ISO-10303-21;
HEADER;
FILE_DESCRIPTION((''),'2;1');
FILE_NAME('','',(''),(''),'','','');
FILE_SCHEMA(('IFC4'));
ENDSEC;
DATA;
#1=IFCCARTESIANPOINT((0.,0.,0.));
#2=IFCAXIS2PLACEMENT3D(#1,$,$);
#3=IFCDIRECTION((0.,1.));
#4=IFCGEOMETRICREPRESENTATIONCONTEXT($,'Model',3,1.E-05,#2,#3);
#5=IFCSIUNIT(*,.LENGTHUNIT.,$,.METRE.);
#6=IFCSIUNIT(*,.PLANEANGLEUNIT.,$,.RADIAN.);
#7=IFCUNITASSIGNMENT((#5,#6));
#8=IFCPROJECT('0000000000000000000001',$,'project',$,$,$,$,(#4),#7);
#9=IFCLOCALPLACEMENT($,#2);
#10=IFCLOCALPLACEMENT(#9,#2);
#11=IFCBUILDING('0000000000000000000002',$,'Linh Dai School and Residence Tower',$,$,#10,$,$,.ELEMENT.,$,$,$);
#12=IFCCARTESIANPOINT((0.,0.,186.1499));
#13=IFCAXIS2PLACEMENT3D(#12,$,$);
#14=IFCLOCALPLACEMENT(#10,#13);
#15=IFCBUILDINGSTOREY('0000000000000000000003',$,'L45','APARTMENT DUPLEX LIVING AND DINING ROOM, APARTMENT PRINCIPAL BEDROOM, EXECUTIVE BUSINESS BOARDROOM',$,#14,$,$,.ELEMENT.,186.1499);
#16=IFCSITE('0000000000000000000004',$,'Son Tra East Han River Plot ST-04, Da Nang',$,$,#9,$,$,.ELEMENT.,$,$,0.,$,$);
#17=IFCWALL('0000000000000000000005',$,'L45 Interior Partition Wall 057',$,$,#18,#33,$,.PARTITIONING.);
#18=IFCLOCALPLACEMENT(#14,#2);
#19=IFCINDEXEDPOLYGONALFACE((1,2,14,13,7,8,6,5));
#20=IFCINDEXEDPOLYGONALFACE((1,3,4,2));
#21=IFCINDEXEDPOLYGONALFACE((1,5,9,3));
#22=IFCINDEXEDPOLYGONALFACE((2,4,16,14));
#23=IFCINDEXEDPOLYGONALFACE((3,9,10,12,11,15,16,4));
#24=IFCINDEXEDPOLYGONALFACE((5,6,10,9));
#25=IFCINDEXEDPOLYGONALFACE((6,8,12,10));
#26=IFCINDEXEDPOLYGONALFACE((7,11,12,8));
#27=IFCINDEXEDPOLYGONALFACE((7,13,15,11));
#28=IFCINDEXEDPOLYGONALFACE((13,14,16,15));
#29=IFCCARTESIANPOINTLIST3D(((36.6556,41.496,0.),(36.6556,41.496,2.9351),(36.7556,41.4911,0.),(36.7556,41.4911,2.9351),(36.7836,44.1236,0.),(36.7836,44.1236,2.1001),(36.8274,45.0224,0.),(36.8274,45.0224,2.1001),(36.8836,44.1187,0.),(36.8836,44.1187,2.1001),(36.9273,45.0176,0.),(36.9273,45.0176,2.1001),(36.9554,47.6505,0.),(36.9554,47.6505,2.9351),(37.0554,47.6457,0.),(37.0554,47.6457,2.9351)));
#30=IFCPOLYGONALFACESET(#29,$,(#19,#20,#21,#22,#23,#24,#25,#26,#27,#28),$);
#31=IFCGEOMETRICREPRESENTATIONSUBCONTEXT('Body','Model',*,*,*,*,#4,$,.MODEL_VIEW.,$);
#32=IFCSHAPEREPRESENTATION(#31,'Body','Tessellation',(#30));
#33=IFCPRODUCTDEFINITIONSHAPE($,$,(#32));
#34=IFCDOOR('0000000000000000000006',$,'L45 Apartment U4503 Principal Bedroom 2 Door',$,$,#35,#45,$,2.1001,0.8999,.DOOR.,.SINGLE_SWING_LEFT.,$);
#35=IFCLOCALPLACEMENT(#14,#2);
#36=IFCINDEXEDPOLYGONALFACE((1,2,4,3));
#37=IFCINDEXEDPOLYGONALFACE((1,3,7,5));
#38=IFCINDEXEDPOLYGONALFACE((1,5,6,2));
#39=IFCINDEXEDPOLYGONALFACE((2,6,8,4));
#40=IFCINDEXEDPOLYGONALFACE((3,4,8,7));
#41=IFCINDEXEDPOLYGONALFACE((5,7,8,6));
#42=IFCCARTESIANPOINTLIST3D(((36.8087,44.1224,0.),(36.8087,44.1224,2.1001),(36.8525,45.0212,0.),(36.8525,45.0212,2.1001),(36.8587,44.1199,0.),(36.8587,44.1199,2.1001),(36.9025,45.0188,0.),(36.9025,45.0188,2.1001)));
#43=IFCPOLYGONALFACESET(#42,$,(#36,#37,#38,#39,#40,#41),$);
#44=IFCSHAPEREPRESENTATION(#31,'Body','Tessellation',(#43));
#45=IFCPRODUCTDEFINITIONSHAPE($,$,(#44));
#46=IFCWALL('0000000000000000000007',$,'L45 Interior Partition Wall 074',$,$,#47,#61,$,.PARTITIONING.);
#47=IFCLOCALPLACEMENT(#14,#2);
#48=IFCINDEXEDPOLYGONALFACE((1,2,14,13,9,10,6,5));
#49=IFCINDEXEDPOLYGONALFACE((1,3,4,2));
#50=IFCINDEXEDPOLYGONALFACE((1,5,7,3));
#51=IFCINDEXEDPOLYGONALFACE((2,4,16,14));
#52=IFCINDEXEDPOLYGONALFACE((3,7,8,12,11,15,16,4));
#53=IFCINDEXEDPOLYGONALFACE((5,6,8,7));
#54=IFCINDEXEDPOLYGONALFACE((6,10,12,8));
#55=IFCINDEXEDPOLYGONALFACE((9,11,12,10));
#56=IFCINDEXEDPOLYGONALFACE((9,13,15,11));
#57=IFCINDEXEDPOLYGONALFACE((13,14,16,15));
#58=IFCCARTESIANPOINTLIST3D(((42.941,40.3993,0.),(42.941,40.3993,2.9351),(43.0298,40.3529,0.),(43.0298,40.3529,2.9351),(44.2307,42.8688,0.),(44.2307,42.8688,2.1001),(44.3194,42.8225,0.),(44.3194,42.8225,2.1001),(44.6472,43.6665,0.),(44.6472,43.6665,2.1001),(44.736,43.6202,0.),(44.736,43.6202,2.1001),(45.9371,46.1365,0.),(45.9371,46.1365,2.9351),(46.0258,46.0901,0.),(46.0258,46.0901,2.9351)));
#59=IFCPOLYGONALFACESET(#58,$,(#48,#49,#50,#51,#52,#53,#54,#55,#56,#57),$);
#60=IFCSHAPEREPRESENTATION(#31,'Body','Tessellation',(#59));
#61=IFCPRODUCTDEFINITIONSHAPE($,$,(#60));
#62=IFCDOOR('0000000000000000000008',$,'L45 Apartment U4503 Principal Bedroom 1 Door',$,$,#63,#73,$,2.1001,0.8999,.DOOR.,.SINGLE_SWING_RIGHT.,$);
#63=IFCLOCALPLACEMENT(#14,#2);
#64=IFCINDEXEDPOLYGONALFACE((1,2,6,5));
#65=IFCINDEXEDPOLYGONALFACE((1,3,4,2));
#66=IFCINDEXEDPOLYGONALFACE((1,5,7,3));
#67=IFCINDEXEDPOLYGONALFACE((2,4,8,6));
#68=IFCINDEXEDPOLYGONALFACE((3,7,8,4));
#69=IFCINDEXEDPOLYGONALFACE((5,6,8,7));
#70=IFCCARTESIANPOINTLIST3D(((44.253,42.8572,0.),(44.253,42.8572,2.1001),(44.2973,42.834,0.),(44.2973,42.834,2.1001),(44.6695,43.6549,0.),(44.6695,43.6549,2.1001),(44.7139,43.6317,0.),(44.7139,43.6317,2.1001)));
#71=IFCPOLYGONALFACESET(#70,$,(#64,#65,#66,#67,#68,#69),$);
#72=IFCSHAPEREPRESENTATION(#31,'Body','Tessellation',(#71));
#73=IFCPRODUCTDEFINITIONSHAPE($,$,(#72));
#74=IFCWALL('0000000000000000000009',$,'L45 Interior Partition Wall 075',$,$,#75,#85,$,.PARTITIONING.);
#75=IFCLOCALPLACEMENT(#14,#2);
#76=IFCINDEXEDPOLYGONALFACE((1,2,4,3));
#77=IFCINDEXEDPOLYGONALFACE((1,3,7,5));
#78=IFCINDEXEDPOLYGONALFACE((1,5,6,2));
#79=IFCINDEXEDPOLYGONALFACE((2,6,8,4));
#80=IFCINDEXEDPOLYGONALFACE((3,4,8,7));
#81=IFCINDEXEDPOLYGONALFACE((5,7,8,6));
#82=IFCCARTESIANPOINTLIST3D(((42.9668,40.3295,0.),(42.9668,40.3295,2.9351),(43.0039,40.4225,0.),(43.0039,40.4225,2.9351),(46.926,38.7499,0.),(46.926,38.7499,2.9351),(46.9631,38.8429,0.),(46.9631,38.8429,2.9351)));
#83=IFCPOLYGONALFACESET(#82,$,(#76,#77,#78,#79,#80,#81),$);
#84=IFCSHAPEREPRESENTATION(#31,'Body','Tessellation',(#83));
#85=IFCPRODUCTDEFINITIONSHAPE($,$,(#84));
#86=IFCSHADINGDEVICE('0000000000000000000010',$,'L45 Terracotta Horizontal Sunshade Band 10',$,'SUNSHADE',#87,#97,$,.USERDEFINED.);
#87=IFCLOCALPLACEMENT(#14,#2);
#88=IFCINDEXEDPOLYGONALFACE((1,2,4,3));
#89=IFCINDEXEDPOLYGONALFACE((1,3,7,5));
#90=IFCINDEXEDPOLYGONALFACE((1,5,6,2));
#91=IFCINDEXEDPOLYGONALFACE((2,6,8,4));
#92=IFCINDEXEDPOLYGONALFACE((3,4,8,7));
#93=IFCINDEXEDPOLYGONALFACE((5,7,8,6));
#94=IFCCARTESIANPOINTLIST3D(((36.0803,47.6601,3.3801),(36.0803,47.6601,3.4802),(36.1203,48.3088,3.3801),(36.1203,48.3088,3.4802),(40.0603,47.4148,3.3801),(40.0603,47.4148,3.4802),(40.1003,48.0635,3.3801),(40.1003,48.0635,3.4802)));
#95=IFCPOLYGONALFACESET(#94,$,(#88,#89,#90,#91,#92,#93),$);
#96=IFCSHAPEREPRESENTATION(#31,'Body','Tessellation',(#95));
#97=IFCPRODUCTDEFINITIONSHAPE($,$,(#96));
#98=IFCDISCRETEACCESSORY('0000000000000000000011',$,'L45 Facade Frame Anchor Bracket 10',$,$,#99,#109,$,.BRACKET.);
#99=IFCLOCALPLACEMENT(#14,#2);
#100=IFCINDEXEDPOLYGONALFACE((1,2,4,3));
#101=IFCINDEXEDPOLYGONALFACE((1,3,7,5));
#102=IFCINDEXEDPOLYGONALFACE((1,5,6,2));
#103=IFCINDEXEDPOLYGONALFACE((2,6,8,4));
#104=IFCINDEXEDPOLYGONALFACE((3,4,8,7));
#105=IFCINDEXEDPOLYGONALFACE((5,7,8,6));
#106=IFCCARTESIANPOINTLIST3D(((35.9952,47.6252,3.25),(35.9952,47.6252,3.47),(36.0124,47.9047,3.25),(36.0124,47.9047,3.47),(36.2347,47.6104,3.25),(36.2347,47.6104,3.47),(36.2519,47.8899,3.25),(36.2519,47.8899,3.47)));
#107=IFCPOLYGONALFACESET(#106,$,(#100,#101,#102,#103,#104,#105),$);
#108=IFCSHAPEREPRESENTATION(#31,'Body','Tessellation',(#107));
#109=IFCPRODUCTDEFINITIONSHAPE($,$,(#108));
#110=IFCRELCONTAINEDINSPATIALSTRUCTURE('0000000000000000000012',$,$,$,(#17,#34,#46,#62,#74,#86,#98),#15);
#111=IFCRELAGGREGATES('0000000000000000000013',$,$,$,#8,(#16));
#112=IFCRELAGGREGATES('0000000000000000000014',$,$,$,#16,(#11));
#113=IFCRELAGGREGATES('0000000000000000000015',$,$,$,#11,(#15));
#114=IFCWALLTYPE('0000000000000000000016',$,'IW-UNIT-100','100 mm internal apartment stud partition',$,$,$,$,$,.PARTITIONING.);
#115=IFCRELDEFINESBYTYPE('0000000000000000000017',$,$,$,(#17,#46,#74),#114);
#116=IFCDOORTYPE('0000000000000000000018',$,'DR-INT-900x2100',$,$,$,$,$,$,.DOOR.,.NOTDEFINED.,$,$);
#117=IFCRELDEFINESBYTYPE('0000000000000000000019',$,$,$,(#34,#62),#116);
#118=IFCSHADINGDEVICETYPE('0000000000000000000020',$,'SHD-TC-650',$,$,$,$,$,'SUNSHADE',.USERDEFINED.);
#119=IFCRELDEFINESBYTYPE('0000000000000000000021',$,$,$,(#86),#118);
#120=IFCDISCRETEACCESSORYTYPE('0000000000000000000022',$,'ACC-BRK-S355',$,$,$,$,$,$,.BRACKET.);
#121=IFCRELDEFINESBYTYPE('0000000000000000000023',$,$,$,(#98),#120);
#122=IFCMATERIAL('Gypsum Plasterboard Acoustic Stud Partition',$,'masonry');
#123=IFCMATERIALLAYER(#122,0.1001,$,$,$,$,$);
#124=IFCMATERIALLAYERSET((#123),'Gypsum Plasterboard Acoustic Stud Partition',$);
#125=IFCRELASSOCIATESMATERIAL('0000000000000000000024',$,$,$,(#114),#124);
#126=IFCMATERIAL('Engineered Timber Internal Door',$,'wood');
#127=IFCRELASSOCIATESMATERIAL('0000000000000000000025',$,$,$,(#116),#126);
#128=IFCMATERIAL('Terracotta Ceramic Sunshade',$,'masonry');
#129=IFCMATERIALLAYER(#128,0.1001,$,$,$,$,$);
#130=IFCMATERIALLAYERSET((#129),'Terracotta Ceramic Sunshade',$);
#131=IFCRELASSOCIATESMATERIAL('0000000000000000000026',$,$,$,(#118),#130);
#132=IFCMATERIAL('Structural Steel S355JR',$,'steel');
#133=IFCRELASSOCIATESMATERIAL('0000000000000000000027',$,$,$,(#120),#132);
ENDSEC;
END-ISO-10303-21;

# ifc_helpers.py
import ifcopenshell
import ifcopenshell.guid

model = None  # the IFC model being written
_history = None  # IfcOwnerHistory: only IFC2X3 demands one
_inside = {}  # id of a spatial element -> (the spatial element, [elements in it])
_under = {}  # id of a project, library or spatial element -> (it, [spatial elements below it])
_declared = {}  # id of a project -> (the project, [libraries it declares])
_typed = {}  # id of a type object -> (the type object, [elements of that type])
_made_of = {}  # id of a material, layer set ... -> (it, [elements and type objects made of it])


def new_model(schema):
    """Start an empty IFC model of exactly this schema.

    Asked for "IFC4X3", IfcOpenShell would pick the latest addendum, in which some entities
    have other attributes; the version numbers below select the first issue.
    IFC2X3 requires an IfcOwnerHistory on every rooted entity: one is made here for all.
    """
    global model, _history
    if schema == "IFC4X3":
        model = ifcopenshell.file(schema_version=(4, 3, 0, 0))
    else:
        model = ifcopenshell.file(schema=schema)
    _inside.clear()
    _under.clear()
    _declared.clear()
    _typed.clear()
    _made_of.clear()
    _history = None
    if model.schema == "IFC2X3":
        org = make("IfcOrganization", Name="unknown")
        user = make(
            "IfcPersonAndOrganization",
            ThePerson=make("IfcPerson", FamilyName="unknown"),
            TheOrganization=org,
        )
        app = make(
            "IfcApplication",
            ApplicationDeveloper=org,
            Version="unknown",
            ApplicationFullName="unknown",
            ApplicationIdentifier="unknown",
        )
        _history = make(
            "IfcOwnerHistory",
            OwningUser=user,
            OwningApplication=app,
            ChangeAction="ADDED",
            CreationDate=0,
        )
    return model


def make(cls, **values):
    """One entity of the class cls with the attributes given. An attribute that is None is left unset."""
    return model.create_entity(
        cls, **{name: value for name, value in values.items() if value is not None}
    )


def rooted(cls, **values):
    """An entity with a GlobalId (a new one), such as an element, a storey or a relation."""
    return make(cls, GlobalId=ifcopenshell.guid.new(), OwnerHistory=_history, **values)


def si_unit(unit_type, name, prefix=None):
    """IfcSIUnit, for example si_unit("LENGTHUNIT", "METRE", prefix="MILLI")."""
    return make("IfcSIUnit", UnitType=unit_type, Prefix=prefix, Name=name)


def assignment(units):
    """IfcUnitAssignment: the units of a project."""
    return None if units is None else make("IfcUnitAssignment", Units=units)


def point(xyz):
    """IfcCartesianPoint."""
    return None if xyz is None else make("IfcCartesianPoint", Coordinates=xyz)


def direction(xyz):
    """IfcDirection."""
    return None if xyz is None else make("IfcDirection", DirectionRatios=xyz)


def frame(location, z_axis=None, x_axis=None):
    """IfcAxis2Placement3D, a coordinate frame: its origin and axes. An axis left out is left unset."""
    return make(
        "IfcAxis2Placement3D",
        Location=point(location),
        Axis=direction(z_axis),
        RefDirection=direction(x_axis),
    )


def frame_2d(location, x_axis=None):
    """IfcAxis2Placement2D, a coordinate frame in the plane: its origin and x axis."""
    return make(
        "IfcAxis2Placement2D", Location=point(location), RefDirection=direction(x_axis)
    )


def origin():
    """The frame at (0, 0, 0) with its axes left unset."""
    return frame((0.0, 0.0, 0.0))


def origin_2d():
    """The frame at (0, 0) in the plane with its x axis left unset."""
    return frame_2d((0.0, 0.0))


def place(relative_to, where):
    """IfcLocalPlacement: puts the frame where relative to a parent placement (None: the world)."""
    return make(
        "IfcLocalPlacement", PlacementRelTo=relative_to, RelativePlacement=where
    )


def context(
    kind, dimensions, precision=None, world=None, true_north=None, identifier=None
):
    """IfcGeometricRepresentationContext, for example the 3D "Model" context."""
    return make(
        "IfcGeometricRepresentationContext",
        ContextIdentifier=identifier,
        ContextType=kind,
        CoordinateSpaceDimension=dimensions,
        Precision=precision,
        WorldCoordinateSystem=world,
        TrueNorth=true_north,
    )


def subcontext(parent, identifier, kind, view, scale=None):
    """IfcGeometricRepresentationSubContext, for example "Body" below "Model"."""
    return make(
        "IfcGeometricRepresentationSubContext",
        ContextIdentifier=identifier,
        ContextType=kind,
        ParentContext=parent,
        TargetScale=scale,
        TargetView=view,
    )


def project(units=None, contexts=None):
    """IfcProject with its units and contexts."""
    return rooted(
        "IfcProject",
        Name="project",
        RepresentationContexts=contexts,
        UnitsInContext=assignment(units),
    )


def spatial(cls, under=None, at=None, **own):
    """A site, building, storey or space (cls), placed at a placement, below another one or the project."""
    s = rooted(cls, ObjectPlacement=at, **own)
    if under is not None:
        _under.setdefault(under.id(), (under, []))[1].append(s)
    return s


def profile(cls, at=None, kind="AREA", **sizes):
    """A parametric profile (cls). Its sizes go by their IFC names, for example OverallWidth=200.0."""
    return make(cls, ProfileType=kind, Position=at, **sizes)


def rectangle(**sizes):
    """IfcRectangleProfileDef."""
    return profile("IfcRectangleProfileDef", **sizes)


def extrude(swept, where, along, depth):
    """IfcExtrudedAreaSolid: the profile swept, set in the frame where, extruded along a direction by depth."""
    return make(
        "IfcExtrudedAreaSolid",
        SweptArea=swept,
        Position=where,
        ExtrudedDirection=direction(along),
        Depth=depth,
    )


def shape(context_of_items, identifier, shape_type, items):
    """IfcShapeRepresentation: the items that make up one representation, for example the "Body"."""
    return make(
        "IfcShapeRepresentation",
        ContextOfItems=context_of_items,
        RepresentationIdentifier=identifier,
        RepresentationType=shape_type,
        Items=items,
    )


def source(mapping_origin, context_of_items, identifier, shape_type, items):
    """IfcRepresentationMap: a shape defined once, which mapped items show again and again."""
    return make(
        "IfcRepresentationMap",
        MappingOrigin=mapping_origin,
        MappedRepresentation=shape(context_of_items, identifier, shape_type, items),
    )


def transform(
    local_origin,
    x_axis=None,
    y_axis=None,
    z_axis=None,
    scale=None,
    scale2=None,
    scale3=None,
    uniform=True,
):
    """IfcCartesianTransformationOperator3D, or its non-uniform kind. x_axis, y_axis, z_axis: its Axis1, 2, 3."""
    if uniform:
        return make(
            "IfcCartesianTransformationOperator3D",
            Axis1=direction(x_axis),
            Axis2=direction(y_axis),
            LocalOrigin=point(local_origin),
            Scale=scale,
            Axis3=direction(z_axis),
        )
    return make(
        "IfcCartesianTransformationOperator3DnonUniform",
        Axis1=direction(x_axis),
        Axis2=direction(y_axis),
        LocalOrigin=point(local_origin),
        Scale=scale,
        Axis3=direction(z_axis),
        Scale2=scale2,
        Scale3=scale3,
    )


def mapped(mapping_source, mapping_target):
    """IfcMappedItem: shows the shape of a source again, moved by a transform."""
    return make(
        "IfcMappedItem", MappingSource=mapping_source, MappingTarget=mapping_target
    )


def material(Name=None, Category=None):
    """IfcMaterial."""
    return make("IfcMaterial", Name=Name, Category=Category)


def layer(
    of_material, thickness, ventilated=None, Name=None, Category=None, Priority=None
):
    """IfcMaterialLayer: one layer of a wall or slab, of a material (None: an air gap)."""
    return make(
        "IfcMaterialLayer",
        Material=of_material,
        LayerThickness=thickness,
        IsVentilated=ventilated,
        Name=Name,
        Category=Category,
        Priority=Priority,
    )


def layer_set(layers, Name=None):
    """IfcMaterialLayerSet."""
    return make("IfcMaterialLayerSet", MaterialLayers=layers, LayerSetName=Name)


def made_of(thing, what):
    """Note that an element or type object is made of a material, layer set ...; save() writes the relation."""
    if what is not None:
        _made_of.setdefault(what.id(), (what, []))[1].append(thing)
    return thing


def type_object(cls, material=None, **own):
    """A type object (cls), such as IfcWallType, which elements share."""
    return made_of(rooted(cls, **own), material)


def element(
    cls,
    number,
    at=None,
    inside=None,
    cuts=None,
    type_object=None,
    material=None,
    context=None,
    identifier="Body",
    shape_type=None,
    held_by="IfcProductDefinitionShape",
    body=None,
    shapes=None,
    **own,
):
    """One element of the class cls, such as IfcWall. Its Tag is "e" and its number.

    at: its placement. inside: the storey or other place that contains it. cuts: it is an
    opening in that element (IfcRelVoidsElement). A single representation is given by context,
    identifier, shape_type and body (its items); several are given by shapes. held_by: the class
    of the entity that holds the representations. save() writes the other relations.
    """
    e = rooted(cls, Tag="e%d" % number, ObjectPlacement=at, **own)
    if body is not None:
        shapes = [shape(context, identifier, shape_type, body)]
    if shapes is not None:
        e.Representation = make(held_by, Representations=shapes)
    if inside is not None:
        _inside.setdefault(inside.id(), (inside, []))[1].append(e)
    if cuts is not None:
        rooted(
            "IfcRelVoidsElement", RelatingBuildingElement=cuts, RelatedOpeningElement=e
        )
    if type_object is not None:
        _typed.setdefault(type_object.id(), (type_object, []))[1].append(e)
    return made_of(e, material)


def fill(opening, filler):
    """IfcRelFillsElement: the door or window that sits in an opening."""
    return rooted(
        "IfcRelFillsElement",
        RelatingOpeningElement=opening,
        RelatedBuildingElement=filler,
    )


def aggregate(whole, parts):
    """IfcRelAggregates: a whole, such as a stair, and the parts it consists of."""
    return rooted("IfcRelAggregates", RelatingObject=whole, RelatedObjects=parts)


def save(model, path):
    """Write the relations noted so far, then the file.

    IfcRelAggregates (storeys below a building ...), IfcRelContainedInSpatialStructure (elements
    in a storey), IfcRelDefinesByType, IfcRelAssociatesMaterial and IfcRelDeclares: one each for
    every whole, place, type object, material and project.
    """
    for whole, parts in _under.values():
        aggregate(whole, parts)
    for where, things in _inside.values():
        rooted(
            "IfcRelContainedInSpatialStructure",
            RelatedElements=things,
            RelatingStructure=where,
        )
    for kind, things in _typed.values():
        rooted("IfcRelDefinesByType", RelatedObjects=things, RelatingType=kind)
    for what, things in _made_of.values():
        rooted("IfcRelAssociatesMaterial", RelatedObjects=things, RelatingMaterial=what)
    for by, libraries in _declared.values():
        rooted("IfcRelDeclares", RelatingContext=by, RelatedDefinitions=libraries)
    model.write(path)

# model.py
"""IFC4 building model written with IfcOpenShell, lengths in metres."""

from ifc_helpers import new_model, si_unit, direction, frame, frame_2d, origin, origin_2d, place, context, subcontext, project, spatial, rectangle, extrude, source, transform, mapped, material, layer, layer_set, type_object, element, fill, save


model = new_model("IFC4")

# Units and contexts
model_context = context("Model", 3, precision=1e-05, world=origin(), true_north=direction((0.0, 1.0)))
body_context = subcontext(model_context, "Body", "Model", "MODEL_VIEW")
ifc_project = project(units=[si_unit("LENGTHUNIT", "METRE"), si_unit("PLANEANGLEUNIT", "RADIAN")], contexts=[model_context])

# Site, building, storey
site_placement = place(None, origin())
site = spatial("IfcSite", under=ifc_project, at=site_placement, Name="Son Tra East Han River Plot ST-04, Da Nang", CompositionType="ELEMENT", RefElevation=0.0)
building_placement = place(site_placement, origin())
building = spatial("IfcBuilding", under=site, at=building_placement, Name="Linh Dai School and Residence Tower", CompositionType="ELEMENT")
storey_placement = place(building_placement, frame((0.0, 0.0, 186.1499)))
storey = spatial("IfcBuildingStorey", under=building, at=storey_placement, Name="L45", Description="APARTMENT DUPLEX LIVING AND DINING ROOM, APARTMENT PRINCIPAL BEDROOM, EXECUTIVE BUSINESS BOARDROOM", CompositionType="ELEMENT", Elevation=186.1499)

# Shared definitions
ifc_material_1 = material(Name="Structural Steel S355JR", Category="steel")

# Shared definitions
ifc_material_2 = material(Name="Gypsum Plasterboard Acoustic Stud Partition", Category="masonry")
ifc_layer_1 = layer(ifc_material_2, 0.1001)
ifc_layer_set_1 = layer_set([ifc_layer_1], Name="Gypsum Plasterboard Acoustic Stud Partition")
wall_type_1 = type_object("IfcWallType", Name="IW-UNIT-100", Description="100 mm internal apartment stud partition", PredefinedType="PARTITIONING", material=ifc_layer_set_1)

# Walls, openings, doors
wall_1_placement = place(storey_placement, frame((36.7056, 41.4934, 0.0), z_axis=(0.0, 0.0, 1.0), x_axis=(0.048655, 0.998816, 0.0)))
wall_1 = element("IfcWall", 1, at=wall_1_placement, inside=storey, type_object=wall_type_1, Name="L45 Interior Partition Wall 057", PredefinedType="PARTITIONING", context=body_context, shape_type="SweptSolid", body=[
    extrude(rectangle(XDim=6.1619, YDim=0.1001, at=frame_2d((3.0811, 0.0))), origin(), (0.0, 0.0, 1.0), 2.9351),
])
opening_1_placement = place(wall_1_placement, frame((2.6309, 0.0, 0.0)))
opening_1 = element("IfcOpeningElement", 2, at=opening_1_placement, cuts=wall_1, PredefinedType="OPENING", context=body_context, shape_type="SweptSolid", body=[
    extrude(rectangle(XDim=0.8999, YDim=2.1001, at=origin_2d()), frame((0.45, 0.0601, 1.05), z_axis=(0.0, -1.0, 0.0), x_axis=(1.0, 0.0, 0.0)), (0.0, 0.0, 1.0), 0.1201),
])
ifc_material_3 = material(Name="Engineered Timber Internal Door", Category="wood")
door_type_1 = type_object("IfcDoorType", Name="DR-INT-900x2100", OperationType="NOTDEFINED", PredefinedType="DOOR", material=ifc_material_3)
shared_shape_1 = source(origin(), body_context, "Body", "SweptSolid", [
    extrude(rectangle(XDim=0.8999, YDim=2.1001, at=origin_2d()), frame((0.45, 0.0249, 1.05), z_axis=(0.0, -1.0, 0.0), x_axis=(1.0, 0.0, 0.0)), (0.0, 0.0, 1.0), 0.05),
])
door_1_placement = place(opening_1_placement, origin())
door_1 = element("IfcDoor", 3, at=door_1_placement, inside=storey, type_object=door_type_1, Name="L45 Apartment U4503 Principal Bedroom 2 Door", OperationType="SINGLE_SWING_LEFT", OverallHeight=2.1001, OverallWidth=0.8999, PredefinedType="DOOR", context=body_context, shape_type="MappedRepresentation", body=[
    mapped(shared_shape_1, transform((0.0, 0.0, 0.0), x_axis=(1.0, 0.0, 0.0), y_axis=(0.0, 1.0, 0.0), z_axis=(0.0, 0.0, 1.0), scale=1.0)),
])
fill(opening_1, door_1)
wall_2_placement = place(storey_placement, frame((42.9854, 40.376, 0.0), z_axis=(0.0, 0.0, 1.0), x_axis=(0.462896, 0.886413, 0.0)))
wall_2 = element("IfcWall", 4, at=wall_2_placement, inside=storey, type_object=wall_type_1, Name="L45 Interior Partition Wall 074", PredefinedType="PARTITIONING", context=body_context, shape_type="SweptSolid", body=[
    extrude(rectangle(XDim=6.4724, YDim=0.1001, at=frame_2d((3.2363, 0.0))), origin(), (0.0, 0.0, 1.0), 2.9351),
])
opening_2_placement = place(wall_2_placement, frame((2.7861, 0.0, 0.0)))
opening_2 = element("IfcOpeningElement", 5, at=opening_2_placement, cuts=wall_2, PredefinedType="OPENING", context=body_context, shape_type="SweptSolid", body=[
    extrude(rectangle(XDim=0.8999, YDim=2.1001, at=origin_2d()), frame((0.45, 0.0601, 1.05), z_axis=(0.0, -1.0, 0.0), x_axis=(1.0, 0.0, 0.0)), (0.0, 0.0, 1.0), 0.1201),
])
door_2_placement = place(opening_2_placement, origin())
door_2 = element("IfcDoor", 6, at=door_2_placement, inside=storey, type_object=door_type_1, Name="L45 Apartment U4503 Principal Bedroom 1 Door", OperationType="SINGLE_SWING_RIGHT", OverallHeight=2.1001, OverallWidth=0.8999, PredefinedType="DOOR", context=body_context, shape_type="MappedRepresentation", body=[
    mapped(shared_shape_1, transform((0.0, 0.0, 0.0), x_axis=(1.0, 0.0, 0.0), y_axis=(0.0, 1.0, 0.0), z_axis=(0.0, 0.0, 1.0), scale=1.0)),
])
fill(opening_2, door_2)

# Wall
wall_3_placement = place(storey_placement, frame((42.9854, 40.376, 0.0), z_axis=(0.0, 0.0, 1.0), x_axis=(0.928808, -0.370561, 0.0)))
element("IfcWall", 7, at=wall_3_placement, inside=storey, type_object=wall_type_1, Name="L45 Interior Partition Wall 075", PredefinedType="PARTITIONING", context=body_context, shape_type="SweptSolid", body=[
    extrude(rectangle(XDim=4.2627, YDim=0.1001, at=frame_2d((2.1313, 0.0))), origin(), (0.0, 0.0, 1.0), 2.9351),
])

# Shading device
ifc_material_4 = material(Name="Terracotta Ceramic Sunshade", Category="masonry")
ifc_layer_2 = layer(ifc_material_4, 0.1001)
ifc_layer_set_2 = layer_set([ifc_layer_2], Name="Terracotta Ceramic Sunshade")
shading_device_type = type_object("IfcShadingDeviceType", Name="SHD-TC-650", ElementType="SUNSHADE", PredefinedType="USERDEFINED", material=ifc_layer_set_2)
shared_shape_2 = source(origin(), body_context, "Body", "SweptSolid", [
    extrude(rectangle(XDim=3.9875, YDim=0.6499, at=origin_2d()), origin(), (0.0, 0.0, 1.0), 0.1001),
])
shading_device_placement = place(storey_placement, frame((38.0903, 47.8618, 3.3801), z_axis=(0.0, 0.0, 1.0), x_axis=(0.998106, -0.061512, 0.0)))
element("IfcShadingDevice", 8, at=shading_device_placement, inside=storey, type_object=shading_device_type, Name="L45 Terracotta Horizontal Sunshade Band 10", ObjectType="SUNSHADE", PredefinedType="USERDEFINED", context=body_context, shape_type="MappedRepresentation", body=[
    mapped(shared_shape_2, transform((0.0, 0.0, 0.0), x_axis=(1.0, 0.0, 0.0), y_axis=(0.0, 1.0, 0.0), z_axis=(0.0, 0.0, 1.0), scale=1.0)),
])

# Discrete accessory
discrete_accessory_type = type_object("IfcDiscreteAccessoryType", Name="ACC-BRK-S355", PredefinedType="BRACKET", material=ifc_material_1)
shared_shape_3 = source(origin(), body_context, "Body", "SweptSolid", [
    extrude(rectangle(XDim=0.28, YDim=0.24, at=origin_2d()), origin(), (0.0, 0.0, 1.0), 0.22),
])
discrete_accessory_placement = place(storey_placement, frame((36.1235, 47.7576, 3.25), z_axis=(0.0, 0.0, 1.0), x_axis=(0.061512, 0.998106, 0.0)))
element("IfcDiscreteAccessory", 9, at=discrete_accessory_placement, inside=storey, type_object=discrete_accessory_type, Name="L45 Facade Frame Anchor Bracket 10", PredefinedType="BRACKET", context=body_context, shape_type="MappedRepresentation", body=[
    mapped(shared_shape_3, transform((0.0, 0.0, 0.0), x_axis=(1.0, 0.0, 0.0), y_axis=(0.0, 1.0, 0.0), z_axis=(0.0, 0.0, 1.0), scale=1.0)),
])

save(model, "model.ifc")
